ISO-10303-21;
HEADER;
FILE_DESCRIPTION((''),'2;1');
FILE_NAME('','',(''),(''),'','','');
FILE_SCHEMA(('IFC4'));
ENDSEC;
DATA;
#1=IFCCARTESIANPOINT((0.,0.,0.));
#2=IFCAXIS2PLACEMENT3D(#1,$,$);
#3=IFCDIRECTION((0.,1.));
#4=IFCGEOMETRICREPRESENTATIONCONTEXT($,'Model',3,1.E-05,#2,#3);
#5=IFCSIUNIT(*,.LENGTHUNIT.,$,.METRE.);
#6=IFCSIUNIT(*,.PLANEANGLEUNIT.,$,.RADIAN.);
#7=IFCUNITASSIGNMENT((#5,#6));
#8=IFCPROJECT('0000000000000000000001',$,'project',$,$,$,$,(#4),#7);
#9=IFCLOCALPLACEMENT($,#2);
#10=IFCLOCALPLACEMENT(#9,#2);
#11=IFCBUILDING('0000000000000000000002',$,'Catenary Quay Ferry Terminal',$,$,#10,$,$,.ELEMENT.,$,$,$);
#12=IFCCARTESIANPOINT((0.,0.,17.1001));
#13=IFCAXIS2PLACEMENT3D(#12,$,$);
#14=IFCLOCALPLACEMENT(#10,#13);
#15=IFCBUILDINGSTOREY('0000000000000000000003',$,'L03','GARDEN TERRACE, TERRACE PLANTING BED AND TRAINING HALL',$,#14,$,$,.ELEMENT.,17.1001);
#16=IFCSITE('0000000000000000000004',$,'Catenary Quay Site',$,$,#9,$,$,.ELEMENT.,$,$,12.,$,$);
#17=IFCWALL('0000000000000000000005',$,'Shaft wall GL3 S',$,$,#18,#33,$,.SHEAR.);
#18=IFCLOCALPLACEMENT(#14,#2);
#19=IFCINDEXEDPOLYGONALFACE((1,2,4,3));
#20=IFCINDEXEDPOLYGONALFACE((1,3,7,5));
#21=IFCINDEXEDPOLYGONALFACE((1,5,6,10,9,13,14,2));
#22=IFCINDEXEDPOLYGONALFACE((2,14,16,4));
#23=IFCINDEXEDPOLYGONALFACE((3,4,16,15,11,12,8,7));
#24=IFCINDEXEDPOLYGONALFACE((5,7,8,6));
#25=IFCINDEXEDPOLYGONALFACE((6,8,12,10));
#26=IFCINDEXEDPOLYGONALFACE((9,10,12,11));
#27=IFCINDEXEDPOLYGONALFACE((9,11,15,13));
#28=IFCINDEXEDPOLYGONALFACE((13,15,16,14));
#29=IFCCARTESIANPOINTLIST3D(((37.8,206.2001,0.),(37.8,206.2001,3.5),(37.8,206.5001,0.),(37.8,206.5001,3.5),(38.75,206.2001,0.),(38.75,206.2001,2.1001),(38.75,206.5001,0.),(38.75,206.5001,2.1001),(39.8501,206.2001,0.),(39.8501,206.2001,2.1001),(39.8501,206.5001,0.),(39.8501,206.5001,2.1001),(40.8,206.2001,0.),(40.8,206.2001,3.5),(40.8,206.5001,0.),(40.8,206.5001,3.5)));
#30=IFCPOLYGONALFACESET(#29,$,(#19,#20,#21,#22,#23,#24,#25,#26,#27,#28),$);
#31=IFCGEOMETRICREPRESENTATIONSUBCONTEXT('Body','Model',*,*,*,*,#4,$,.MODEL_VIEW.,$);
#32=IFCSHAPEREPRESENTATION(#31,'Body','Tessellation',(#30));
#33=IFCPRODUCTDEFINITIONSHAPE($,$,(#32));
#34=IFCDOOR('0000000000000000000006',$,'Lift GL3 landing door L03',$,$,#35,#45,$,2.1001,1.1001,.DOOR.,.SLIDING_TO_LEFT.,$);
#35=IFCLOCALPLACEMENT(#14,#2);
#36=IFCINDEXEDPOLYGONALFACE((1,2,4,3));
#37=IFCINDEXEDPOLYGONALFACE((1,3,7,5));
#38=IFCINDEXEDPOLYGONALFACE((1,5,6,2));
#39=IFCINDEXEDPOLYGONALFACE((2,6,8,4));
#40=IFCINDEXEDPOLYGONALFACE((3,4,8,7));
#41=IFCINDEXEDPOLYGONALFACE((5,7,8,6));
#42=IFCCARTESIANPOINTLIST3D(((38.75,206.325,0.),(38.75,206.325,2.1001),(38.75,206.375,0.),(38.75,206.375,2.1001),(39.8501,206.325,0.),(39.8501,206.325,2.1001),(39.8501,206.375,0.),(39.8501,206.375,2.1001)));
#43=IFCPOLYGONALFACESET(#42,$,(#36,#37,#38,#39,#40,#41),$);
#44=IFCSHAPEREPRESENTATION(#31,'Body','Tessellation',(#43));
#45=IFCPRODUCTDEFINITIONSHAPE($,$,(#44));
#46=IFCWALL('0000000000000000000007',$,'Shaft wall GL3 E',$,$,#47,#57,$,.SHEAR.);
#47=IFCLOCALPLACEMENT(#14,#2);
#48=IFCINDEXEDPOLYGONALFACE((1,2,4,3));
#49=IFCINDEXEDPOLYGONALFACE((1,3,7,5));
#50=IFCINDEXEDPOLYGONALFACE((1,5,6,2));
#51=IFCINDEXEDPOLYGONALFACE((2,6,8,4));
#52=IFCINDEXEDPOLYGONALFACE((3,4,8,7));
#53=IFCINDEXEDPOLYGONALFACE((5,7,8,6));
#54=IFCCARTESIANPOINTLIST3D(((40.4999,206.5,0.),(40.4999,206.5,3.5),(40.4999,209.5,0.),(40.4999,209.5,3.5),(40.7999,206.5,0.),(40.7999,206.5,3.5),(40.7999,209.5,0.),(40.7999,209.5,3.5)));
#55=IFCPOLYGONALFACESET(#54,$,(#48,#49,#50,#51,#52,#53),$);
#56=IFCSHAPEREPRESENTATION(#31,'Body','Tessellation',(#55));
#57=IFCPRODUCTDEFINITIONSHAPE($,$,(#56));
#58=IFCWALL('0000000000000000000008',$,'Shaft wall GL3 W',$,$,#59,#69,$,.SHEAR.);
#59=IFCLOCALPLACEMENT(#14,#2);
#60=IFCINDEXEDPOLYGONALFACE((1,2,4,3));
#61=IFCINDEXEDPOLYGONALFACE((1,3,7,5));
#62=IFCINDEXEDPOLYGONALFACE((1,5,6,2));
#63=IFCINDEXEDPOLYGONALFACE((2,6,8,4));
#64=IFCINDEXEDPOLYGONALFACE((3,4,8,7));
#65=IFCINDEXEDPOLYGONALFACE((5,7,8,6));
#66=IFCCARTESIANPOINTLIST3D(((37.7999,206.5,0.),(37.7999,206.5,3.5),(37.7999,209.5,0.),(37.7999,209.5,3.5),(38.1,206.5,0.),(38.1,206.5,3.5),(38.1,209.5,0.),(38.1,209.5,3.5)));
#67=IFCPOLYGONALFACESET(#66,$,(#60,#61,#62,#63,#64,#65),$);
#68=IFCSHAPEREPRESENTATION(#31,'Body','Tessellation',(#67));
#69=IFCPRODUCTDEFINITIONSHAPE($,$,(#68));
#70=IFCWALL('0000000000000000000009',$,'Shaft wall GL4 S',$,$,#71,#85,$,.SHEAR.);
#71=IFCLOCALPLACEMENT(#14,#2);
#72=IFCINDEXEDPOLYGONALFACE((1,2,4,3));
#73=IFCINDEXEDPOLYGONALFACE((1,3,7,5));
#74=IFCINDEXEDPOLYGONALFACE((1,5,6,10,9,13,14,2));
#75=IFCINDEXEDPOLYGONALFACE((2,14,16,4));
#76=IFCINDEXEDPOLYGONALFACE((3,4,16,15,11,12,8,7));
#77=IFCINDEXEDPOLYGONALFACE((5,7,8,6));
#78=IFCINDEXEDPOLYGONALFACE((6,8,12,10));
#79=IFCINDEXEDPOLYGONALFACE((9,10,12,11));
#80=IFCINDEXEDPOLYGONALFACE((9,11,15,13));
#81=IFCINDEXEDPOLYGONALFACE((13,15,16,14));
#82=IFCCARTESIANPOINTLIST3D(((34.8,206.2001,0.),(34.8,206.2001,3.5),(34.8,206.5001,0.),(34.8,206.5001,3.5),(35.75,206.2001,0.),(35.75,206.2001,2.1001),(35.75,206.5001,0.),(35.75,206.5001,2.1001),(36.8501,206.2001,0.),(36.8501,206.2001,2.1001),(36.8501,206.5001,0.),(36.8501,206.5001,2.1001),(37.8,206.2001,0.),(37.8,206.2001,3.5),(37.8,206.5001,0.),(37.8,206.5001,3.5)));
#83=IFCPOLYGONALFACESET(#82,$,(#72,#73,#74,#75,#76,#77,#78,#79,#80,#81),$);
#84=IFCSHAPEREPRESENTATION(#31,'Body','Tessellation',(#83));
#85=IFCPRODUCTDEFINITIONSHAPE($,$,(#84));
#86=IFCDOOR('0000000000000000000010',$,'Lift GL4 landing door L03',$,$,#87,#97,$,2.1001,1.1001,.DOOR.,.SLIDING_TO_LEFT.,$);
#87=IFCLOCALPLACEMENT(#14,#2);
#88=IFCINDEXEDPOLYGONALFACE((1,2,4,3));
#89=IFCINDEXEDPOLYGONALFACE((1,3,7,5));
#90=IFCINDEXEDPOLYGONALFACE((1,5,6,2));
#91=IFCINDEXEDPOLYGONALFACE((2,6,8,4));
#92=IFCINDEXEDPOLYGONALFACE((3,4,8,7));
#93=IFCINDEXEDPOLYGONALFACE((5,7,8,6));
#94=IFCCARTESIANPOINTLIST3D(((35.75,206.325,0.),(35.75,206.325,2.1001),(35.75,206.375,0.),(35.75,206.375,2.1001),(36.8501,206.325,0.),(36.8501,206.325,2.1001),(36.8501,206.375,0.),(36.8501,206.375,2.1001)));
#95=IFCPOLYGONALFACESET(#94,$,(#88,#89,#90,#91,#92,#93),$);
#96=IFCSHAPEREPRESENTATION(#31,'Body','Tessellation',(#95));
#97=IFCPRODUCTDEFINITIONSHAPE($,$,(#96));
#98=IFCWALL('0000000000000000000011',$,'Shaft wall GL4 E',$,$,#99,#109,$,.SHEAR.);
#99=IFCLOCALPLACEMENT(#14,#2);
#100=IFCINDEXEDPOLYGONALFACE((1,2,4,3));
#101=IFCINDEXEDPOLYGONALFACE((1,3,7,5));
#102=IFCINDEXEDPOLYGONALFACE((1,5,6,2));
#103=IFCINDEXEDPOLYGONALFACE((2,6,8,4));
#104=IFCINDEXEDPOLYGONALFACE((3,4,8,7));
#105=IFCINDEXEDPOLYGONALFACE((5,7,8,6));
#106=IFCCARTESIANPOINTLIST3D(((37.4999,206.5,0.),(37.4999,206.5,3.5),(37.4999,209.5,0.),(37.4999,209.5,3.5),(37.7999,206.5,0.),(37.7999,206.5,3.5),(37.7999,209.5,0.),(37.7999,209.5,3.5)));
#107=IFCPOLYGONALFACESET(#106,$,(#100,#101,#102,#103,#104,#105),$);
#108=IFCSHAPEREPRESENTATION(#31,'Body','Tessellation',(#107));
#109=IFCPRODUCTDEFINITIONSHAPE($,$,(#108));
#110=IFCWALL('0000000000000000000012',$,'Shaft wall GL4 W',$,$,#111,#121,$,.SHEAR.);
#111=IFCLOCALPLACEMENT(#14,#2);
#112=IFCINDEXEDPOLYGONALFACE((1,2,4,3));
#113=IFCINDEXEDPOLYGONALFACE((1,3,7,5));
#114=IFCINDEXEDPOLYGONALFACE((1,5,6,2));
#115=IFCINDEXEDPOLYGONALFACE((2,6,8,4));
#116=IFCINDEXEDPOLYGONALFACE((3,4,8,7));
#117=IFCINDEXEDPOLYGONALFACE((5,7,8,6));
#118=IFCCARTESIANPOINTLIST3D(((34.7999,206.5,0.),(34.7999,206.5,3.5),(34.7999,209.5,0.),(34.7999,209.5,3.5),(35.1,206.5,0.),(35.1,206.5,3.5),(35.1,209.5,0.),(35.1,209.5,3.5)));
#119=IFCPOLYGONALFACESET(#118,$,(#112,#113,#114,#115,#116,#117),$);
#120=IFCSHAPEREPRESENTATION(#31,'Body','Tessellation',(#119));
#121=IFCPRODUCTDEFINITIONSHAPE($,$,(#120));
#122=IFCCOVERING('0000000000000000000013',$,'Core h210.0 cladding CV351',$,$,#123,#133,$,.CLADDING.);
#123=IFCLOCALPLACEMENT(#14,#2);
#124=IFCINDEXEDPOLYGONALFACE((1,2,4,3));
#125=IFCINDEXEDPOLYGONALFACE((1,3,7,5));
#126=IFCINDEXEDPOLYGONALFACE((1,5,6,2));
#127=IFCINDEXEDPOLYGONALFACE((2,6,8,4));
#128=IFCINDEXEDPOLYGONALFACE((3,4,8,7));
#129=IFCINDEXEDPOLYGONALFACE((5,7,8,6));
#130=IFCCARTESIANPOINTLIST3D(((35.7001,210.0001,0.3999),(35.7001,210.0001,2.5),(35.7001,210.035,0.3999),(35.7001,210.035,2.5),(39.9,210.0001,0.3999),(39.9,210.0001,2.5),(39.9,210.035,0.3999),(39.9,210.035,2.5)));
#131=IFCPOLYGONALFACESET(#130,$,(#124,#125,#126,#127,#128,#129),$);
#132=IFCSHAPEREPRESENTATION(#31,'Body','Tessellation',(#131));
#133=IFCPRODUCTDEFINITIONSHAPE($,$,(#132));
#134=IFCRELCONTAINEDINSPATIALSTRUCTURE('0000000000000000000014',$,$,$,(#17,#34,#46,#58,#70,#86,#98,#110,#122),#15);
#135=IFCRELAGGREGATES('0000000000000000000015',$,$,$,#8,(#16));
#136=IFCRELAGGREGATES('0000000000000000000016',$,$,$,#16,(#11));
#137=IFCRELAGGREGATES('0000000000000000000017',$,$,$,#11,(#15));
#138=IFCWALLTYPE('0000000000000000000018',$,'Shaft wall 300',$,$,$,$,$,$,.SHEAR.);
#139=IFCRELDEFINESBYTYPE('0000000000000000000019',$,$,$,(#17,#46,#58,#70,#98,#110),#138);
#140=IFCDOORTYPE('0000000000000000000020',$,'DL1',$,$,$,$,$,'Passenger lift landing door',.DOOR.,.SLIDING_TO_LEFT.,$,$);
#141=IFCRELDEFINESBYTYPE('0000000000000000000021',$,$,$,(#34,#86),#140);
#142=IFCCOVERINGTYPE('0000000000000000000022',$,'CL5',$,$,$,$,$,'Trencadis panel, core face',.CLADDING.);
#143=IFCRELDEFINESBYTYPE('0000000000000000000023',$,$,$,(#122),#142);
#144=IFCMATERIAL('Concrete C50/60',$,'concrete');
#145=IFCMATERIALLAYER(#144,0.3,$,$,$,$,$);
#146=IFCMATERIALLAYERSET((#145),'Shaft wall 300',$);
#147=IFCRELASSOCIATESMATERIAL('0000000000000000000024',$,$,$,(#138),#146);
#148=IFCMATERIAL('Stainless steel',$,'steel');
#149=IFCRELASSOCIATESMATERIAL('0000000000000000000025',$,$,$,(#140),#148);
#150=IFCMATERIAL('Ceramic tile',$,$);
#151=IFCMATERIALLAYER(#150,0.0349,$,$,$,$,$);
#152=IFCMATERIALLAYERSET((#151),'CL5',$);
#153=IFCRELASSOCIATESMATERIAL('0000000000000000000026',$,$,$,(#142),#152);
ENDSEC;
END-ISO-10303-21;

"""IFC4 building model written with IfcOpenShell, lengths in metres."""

from ifc_helpers import new_model, si_unit, direction, frame, frame_2d, origin, origin_2d, place, context, subcontext, project, spatial, rectangle, extrude, material, layer, layer_set, type_object, element, fill, save


model = new_model("IFC4")

# Units and contexts
model_context = context("Model", 3, precision=1e-05, world=origin(), true_north=direction((0.0, 1.0)))
body_context = subcontext(model_context, "Body", "Model", "MODEL_VIEW")
ifc_project = project(units=[si_unit("LENGTHUNIT", "METRE"), si_unit("PLANEANGLEUNIT", "RADIAN")], contexts=[model_context])

# Site, building, storey
site_placement = place(None, origin())
site = spatial("IfcSite", under=ifc_project, at=site_placement, Name="Catenary Quay Site", CompositionType="ELEMENT", RefElevation=12.0)
building_placement = place(site_placement, origin())
building = spatial("IfcBuilding", under=site, at=building_placement, Name="Catenary Quay Ferry Terminal", CompositionType="ELEMENT")
storey_placement = place(building_placement, frame((0.0, 0.0, 17.1001)))
storey = spatial("IfcBuildingStorey", under=building, at=storey_placement, Name="L03", Description="GARDEN TERRACE, TERRACE PLANTING BED AND TRAINING HALL", CompositionType="ELEMENT", Elevation=17.1001)

# Shared definitions
ifc_material_1 = material(Name="Concrete C50/60", Category="concrete")
ifc_layer_1 = layer(ifc_material_1, 0.3)
ifc_layer_set_1 = layer_set([ifc_layer_1], Name="Shaft wall 300")
wall_type_1 = type_object("IfcWallType", Name="Shaft wall 300", PredefinedType="SHEAR", material=ifc_layer_set_1)

# Wall, opening, door
wall_1_placement = place(storey_placement, frame((37.8, 206.3501, 0.0), z_axis=(0.0, 0.0, 1.0), x_axis=(1.0, 0.0, 0.0)))
wall_1 = element("IfcWall", 1, at=wall_1_placement, inside=storey, type_object=wall_type_1, Name="Shaft wall GL3 S", PredefinedType="SHEAR", context=body_context, shape_type="SweptSolid", body=[
    extrude(rectangle(XDim=3.0, YDim=0.3, at=frame_2d((1.5, 0.0))), origin(), (0.0, 0.0, 1.0), 3.5),
])
opening_1_placement = place(wall_1_placement, frame((0.95, 0.0, 0.0)))
opening_1 = element("IfcOpeningElement", 2, at=opening_1_placement, cuts=wall_1, PredefinedType="OPENING", context=body_context, shape_type="SweptSolid", body=[
    extrude(rectangle(XDim=1.1001, YDim=2.1001, at=frame_2d((0.55, 1.05))), frame((0.0, 0.1599, 0.0), z_axis=(0.0, -1.0, 0.0), x_axis=(1.0, 0.0, 0.0)), (0.0, 0.0, 1.0), 0.3201),
])
ifc_material_2 = material(Name="Stainless steel", Category="steel")
door_type_1 = type_object("IfcDoorType", Name="DL1", ElementType="Passenger lift landing door", OperationType="SLIDING_TO_LEFT", PredefinedType="DOOR", material=ifc_material_2)
door_1_placement = place(opening_1_placement, origin())
door_1 = element("IfcDoor", 3, at=door_1_placement, inside=storey, type_object=door_type_1, Name="Lift GL3 landing door L03", OperationType="SLIDING_TO_LEFT", OverallHeight=2.1001, OverallWidth=1.1001, PredefinedType="DOOR", context=body_context, shape_type="SweptSolid", body=[
    extrude(rectangle(XDim=1.1001, YDim=2.1001, at=frame_2d((0.55, 1.05))), frame((0.0, 0.0249, 0.0), z_axis=(0.0, -1.0, 0.0), x_axis=(1.0, 0.0, 0.0)), (0.0, 0.0, 1.0), 0.05),
])
fill(opening_1, door_1)

# Walls
for number, where, z_axis, x_axis, name in (
    (4, (40.6499, 206.5, 0.0), (0.0, 0.0, 1.0), (0.0, 1.0, 0.0), "Shaft wall GL3 E"),
    (5, (37.95, 206.5, 0.0), (0.0, 0.0, 1.0), (0.0, 1.0, 0.0), "Shaft wall GL3 W"),
):
    element("IfcWall", number, at=place(storey_placement, frame(where, z_axis=z_axis, x_axis=x_axis)), inside=storey, type_object=wall_type_1, Name=name, PredefinedType="SHEAR", context=body_context, shape_type="SweptSolid", body=[
        extrude(rectangle(XDim=3.0, YDim=0.3, at=frame_2d((1.5, 0.0))), origin(), (0.0, 0.0, 1.0), 3.5),
    ])

# Wall, opening, door
wall_2_placement = place(storey_placement, frame((34.8, 206.3501, 0.0), z_axis=(0.0, 0.0, 1.0), x_axis=(1.0, 0.0, 0.0)))
wall_2 = element("IfcWall", 6, at=wall_2_placement, inside=storey, type_object=wall_type_1, Name="Shaft wall GL4 S", PredefinedType="SHEAR", context=body_context, shape_type="SweptSolid", body=[
    extrude(rectangle(XDim=3.0, YDim=0.3, at=frame_2d((1.5, 0.0))), origin(), (0.0, 0.0, 1.0), 3.5),
])
opening_2_placement = place(wall_2_placement, frame((0.95, 0.0, 0.0)))
opening_2 = element("IfcOpeningElement", 7, at=opening_2_placement, cuts=wall_2, PredefinedType="OPENING", context=body_context, shape_type="SweptSolid", body=[
    extrude(rectangle(XDim=1.1001, YDim=2.1001, at=frame_2d((0.55, 1.05))), frame((0.0, 0.1599, 0.0), z_axis=(0.0, -1.0, 0.0), x_axis=(1.0, 0.0, 0.0)), (0.0, 0.0, 1.0), 0.3201),
])
door_2_placement = place(opening_2_placement, origin())
door_2 = element("IfcDoor", 8, at=door_2_placement, inside=storey, type_object=door_type_1, Name="Lift GL4 landing door L03", OperationType="SLIDING_TO_LEFT", OverallHeight=2.1001, OverallWidth=1.1001, PredefinedType="DOOR", context=body_context, shape_type="SweptSolid", body=[
    extrude(rectangle(XDim=1.1001, YDim=2.1001, at=frame_2d((0.55, 1.05))), frame((0.0, 0.0249, 0.0), z_axis=(0.0, -1.0, 0.0), x_axis=(1.0, 0.0, 0.0)), (0.0, 0.0, 1.0), 0.05),
])
fill(opening_2, door_2)

# Walls
for number, where, z_axis, x_axis, name in (
    (9, (37.6499, 206.5, 0.0), (0.0, 0.0, 1.0), (0.0, 1.0, 0.0), "Shaft wall GL4 E"),
    (10, (34.95, 206.5, 0.0), (0.0, 0.0, 1.0), (0.0, 1.0, 0.0), "Shaft wall GL4 W"),
):
    element("IfcWall", number, at=place(storey_placement, frame(where, z_axis=z_axis, x_axis=x_axis)), inside=storey, type_object=wall_type_1, Name=name, PredefinedType="SHEAR", context=body_context, shape_type="SweptSolid", body=[
        extrude(rectangle(XDim=3.0, YDim=0.3, at=frame_2d((1.5, 0.0))), origin(), (0.0, 0.0, 1.0), 3.5),
    ])

# Covering
ifc_material_3 = material(Name="Ceramic tile")
ifc_layer_2 = layer(ifc_material_3, 0.0349)
ifc_layer_set_2 = layer_set([ifc_layer_2], Name="CL5")
covering_type = type_object("IfcCoveringType", Name="CL5", ElementType="Trencadis panel, core face", PredefinedType="CLADDING", material=ifc_layer_set_2)
covering_placement = place(storey_placement, frame((37.8, 210.0176, 0.3999), z_axis=(0.0, 0.0, 1.0), x_axis=(1.0, 0.0, 0.0)))
element("IfcCovering", 11, at=covering_placement, inside=storey, type_object=covering_type, Name="Core h210.0 cladding CV351", PredefinedType="CLADDING", context=body_context, shape_type="SweptSolid", body=[
    extrude(rectangle(XDim=4.2, YDim=0.0349, at=origin_2d()), origin(), (0.0, 0.0, 1.0), 2.1001),
])

save(model, "model.ifc")
